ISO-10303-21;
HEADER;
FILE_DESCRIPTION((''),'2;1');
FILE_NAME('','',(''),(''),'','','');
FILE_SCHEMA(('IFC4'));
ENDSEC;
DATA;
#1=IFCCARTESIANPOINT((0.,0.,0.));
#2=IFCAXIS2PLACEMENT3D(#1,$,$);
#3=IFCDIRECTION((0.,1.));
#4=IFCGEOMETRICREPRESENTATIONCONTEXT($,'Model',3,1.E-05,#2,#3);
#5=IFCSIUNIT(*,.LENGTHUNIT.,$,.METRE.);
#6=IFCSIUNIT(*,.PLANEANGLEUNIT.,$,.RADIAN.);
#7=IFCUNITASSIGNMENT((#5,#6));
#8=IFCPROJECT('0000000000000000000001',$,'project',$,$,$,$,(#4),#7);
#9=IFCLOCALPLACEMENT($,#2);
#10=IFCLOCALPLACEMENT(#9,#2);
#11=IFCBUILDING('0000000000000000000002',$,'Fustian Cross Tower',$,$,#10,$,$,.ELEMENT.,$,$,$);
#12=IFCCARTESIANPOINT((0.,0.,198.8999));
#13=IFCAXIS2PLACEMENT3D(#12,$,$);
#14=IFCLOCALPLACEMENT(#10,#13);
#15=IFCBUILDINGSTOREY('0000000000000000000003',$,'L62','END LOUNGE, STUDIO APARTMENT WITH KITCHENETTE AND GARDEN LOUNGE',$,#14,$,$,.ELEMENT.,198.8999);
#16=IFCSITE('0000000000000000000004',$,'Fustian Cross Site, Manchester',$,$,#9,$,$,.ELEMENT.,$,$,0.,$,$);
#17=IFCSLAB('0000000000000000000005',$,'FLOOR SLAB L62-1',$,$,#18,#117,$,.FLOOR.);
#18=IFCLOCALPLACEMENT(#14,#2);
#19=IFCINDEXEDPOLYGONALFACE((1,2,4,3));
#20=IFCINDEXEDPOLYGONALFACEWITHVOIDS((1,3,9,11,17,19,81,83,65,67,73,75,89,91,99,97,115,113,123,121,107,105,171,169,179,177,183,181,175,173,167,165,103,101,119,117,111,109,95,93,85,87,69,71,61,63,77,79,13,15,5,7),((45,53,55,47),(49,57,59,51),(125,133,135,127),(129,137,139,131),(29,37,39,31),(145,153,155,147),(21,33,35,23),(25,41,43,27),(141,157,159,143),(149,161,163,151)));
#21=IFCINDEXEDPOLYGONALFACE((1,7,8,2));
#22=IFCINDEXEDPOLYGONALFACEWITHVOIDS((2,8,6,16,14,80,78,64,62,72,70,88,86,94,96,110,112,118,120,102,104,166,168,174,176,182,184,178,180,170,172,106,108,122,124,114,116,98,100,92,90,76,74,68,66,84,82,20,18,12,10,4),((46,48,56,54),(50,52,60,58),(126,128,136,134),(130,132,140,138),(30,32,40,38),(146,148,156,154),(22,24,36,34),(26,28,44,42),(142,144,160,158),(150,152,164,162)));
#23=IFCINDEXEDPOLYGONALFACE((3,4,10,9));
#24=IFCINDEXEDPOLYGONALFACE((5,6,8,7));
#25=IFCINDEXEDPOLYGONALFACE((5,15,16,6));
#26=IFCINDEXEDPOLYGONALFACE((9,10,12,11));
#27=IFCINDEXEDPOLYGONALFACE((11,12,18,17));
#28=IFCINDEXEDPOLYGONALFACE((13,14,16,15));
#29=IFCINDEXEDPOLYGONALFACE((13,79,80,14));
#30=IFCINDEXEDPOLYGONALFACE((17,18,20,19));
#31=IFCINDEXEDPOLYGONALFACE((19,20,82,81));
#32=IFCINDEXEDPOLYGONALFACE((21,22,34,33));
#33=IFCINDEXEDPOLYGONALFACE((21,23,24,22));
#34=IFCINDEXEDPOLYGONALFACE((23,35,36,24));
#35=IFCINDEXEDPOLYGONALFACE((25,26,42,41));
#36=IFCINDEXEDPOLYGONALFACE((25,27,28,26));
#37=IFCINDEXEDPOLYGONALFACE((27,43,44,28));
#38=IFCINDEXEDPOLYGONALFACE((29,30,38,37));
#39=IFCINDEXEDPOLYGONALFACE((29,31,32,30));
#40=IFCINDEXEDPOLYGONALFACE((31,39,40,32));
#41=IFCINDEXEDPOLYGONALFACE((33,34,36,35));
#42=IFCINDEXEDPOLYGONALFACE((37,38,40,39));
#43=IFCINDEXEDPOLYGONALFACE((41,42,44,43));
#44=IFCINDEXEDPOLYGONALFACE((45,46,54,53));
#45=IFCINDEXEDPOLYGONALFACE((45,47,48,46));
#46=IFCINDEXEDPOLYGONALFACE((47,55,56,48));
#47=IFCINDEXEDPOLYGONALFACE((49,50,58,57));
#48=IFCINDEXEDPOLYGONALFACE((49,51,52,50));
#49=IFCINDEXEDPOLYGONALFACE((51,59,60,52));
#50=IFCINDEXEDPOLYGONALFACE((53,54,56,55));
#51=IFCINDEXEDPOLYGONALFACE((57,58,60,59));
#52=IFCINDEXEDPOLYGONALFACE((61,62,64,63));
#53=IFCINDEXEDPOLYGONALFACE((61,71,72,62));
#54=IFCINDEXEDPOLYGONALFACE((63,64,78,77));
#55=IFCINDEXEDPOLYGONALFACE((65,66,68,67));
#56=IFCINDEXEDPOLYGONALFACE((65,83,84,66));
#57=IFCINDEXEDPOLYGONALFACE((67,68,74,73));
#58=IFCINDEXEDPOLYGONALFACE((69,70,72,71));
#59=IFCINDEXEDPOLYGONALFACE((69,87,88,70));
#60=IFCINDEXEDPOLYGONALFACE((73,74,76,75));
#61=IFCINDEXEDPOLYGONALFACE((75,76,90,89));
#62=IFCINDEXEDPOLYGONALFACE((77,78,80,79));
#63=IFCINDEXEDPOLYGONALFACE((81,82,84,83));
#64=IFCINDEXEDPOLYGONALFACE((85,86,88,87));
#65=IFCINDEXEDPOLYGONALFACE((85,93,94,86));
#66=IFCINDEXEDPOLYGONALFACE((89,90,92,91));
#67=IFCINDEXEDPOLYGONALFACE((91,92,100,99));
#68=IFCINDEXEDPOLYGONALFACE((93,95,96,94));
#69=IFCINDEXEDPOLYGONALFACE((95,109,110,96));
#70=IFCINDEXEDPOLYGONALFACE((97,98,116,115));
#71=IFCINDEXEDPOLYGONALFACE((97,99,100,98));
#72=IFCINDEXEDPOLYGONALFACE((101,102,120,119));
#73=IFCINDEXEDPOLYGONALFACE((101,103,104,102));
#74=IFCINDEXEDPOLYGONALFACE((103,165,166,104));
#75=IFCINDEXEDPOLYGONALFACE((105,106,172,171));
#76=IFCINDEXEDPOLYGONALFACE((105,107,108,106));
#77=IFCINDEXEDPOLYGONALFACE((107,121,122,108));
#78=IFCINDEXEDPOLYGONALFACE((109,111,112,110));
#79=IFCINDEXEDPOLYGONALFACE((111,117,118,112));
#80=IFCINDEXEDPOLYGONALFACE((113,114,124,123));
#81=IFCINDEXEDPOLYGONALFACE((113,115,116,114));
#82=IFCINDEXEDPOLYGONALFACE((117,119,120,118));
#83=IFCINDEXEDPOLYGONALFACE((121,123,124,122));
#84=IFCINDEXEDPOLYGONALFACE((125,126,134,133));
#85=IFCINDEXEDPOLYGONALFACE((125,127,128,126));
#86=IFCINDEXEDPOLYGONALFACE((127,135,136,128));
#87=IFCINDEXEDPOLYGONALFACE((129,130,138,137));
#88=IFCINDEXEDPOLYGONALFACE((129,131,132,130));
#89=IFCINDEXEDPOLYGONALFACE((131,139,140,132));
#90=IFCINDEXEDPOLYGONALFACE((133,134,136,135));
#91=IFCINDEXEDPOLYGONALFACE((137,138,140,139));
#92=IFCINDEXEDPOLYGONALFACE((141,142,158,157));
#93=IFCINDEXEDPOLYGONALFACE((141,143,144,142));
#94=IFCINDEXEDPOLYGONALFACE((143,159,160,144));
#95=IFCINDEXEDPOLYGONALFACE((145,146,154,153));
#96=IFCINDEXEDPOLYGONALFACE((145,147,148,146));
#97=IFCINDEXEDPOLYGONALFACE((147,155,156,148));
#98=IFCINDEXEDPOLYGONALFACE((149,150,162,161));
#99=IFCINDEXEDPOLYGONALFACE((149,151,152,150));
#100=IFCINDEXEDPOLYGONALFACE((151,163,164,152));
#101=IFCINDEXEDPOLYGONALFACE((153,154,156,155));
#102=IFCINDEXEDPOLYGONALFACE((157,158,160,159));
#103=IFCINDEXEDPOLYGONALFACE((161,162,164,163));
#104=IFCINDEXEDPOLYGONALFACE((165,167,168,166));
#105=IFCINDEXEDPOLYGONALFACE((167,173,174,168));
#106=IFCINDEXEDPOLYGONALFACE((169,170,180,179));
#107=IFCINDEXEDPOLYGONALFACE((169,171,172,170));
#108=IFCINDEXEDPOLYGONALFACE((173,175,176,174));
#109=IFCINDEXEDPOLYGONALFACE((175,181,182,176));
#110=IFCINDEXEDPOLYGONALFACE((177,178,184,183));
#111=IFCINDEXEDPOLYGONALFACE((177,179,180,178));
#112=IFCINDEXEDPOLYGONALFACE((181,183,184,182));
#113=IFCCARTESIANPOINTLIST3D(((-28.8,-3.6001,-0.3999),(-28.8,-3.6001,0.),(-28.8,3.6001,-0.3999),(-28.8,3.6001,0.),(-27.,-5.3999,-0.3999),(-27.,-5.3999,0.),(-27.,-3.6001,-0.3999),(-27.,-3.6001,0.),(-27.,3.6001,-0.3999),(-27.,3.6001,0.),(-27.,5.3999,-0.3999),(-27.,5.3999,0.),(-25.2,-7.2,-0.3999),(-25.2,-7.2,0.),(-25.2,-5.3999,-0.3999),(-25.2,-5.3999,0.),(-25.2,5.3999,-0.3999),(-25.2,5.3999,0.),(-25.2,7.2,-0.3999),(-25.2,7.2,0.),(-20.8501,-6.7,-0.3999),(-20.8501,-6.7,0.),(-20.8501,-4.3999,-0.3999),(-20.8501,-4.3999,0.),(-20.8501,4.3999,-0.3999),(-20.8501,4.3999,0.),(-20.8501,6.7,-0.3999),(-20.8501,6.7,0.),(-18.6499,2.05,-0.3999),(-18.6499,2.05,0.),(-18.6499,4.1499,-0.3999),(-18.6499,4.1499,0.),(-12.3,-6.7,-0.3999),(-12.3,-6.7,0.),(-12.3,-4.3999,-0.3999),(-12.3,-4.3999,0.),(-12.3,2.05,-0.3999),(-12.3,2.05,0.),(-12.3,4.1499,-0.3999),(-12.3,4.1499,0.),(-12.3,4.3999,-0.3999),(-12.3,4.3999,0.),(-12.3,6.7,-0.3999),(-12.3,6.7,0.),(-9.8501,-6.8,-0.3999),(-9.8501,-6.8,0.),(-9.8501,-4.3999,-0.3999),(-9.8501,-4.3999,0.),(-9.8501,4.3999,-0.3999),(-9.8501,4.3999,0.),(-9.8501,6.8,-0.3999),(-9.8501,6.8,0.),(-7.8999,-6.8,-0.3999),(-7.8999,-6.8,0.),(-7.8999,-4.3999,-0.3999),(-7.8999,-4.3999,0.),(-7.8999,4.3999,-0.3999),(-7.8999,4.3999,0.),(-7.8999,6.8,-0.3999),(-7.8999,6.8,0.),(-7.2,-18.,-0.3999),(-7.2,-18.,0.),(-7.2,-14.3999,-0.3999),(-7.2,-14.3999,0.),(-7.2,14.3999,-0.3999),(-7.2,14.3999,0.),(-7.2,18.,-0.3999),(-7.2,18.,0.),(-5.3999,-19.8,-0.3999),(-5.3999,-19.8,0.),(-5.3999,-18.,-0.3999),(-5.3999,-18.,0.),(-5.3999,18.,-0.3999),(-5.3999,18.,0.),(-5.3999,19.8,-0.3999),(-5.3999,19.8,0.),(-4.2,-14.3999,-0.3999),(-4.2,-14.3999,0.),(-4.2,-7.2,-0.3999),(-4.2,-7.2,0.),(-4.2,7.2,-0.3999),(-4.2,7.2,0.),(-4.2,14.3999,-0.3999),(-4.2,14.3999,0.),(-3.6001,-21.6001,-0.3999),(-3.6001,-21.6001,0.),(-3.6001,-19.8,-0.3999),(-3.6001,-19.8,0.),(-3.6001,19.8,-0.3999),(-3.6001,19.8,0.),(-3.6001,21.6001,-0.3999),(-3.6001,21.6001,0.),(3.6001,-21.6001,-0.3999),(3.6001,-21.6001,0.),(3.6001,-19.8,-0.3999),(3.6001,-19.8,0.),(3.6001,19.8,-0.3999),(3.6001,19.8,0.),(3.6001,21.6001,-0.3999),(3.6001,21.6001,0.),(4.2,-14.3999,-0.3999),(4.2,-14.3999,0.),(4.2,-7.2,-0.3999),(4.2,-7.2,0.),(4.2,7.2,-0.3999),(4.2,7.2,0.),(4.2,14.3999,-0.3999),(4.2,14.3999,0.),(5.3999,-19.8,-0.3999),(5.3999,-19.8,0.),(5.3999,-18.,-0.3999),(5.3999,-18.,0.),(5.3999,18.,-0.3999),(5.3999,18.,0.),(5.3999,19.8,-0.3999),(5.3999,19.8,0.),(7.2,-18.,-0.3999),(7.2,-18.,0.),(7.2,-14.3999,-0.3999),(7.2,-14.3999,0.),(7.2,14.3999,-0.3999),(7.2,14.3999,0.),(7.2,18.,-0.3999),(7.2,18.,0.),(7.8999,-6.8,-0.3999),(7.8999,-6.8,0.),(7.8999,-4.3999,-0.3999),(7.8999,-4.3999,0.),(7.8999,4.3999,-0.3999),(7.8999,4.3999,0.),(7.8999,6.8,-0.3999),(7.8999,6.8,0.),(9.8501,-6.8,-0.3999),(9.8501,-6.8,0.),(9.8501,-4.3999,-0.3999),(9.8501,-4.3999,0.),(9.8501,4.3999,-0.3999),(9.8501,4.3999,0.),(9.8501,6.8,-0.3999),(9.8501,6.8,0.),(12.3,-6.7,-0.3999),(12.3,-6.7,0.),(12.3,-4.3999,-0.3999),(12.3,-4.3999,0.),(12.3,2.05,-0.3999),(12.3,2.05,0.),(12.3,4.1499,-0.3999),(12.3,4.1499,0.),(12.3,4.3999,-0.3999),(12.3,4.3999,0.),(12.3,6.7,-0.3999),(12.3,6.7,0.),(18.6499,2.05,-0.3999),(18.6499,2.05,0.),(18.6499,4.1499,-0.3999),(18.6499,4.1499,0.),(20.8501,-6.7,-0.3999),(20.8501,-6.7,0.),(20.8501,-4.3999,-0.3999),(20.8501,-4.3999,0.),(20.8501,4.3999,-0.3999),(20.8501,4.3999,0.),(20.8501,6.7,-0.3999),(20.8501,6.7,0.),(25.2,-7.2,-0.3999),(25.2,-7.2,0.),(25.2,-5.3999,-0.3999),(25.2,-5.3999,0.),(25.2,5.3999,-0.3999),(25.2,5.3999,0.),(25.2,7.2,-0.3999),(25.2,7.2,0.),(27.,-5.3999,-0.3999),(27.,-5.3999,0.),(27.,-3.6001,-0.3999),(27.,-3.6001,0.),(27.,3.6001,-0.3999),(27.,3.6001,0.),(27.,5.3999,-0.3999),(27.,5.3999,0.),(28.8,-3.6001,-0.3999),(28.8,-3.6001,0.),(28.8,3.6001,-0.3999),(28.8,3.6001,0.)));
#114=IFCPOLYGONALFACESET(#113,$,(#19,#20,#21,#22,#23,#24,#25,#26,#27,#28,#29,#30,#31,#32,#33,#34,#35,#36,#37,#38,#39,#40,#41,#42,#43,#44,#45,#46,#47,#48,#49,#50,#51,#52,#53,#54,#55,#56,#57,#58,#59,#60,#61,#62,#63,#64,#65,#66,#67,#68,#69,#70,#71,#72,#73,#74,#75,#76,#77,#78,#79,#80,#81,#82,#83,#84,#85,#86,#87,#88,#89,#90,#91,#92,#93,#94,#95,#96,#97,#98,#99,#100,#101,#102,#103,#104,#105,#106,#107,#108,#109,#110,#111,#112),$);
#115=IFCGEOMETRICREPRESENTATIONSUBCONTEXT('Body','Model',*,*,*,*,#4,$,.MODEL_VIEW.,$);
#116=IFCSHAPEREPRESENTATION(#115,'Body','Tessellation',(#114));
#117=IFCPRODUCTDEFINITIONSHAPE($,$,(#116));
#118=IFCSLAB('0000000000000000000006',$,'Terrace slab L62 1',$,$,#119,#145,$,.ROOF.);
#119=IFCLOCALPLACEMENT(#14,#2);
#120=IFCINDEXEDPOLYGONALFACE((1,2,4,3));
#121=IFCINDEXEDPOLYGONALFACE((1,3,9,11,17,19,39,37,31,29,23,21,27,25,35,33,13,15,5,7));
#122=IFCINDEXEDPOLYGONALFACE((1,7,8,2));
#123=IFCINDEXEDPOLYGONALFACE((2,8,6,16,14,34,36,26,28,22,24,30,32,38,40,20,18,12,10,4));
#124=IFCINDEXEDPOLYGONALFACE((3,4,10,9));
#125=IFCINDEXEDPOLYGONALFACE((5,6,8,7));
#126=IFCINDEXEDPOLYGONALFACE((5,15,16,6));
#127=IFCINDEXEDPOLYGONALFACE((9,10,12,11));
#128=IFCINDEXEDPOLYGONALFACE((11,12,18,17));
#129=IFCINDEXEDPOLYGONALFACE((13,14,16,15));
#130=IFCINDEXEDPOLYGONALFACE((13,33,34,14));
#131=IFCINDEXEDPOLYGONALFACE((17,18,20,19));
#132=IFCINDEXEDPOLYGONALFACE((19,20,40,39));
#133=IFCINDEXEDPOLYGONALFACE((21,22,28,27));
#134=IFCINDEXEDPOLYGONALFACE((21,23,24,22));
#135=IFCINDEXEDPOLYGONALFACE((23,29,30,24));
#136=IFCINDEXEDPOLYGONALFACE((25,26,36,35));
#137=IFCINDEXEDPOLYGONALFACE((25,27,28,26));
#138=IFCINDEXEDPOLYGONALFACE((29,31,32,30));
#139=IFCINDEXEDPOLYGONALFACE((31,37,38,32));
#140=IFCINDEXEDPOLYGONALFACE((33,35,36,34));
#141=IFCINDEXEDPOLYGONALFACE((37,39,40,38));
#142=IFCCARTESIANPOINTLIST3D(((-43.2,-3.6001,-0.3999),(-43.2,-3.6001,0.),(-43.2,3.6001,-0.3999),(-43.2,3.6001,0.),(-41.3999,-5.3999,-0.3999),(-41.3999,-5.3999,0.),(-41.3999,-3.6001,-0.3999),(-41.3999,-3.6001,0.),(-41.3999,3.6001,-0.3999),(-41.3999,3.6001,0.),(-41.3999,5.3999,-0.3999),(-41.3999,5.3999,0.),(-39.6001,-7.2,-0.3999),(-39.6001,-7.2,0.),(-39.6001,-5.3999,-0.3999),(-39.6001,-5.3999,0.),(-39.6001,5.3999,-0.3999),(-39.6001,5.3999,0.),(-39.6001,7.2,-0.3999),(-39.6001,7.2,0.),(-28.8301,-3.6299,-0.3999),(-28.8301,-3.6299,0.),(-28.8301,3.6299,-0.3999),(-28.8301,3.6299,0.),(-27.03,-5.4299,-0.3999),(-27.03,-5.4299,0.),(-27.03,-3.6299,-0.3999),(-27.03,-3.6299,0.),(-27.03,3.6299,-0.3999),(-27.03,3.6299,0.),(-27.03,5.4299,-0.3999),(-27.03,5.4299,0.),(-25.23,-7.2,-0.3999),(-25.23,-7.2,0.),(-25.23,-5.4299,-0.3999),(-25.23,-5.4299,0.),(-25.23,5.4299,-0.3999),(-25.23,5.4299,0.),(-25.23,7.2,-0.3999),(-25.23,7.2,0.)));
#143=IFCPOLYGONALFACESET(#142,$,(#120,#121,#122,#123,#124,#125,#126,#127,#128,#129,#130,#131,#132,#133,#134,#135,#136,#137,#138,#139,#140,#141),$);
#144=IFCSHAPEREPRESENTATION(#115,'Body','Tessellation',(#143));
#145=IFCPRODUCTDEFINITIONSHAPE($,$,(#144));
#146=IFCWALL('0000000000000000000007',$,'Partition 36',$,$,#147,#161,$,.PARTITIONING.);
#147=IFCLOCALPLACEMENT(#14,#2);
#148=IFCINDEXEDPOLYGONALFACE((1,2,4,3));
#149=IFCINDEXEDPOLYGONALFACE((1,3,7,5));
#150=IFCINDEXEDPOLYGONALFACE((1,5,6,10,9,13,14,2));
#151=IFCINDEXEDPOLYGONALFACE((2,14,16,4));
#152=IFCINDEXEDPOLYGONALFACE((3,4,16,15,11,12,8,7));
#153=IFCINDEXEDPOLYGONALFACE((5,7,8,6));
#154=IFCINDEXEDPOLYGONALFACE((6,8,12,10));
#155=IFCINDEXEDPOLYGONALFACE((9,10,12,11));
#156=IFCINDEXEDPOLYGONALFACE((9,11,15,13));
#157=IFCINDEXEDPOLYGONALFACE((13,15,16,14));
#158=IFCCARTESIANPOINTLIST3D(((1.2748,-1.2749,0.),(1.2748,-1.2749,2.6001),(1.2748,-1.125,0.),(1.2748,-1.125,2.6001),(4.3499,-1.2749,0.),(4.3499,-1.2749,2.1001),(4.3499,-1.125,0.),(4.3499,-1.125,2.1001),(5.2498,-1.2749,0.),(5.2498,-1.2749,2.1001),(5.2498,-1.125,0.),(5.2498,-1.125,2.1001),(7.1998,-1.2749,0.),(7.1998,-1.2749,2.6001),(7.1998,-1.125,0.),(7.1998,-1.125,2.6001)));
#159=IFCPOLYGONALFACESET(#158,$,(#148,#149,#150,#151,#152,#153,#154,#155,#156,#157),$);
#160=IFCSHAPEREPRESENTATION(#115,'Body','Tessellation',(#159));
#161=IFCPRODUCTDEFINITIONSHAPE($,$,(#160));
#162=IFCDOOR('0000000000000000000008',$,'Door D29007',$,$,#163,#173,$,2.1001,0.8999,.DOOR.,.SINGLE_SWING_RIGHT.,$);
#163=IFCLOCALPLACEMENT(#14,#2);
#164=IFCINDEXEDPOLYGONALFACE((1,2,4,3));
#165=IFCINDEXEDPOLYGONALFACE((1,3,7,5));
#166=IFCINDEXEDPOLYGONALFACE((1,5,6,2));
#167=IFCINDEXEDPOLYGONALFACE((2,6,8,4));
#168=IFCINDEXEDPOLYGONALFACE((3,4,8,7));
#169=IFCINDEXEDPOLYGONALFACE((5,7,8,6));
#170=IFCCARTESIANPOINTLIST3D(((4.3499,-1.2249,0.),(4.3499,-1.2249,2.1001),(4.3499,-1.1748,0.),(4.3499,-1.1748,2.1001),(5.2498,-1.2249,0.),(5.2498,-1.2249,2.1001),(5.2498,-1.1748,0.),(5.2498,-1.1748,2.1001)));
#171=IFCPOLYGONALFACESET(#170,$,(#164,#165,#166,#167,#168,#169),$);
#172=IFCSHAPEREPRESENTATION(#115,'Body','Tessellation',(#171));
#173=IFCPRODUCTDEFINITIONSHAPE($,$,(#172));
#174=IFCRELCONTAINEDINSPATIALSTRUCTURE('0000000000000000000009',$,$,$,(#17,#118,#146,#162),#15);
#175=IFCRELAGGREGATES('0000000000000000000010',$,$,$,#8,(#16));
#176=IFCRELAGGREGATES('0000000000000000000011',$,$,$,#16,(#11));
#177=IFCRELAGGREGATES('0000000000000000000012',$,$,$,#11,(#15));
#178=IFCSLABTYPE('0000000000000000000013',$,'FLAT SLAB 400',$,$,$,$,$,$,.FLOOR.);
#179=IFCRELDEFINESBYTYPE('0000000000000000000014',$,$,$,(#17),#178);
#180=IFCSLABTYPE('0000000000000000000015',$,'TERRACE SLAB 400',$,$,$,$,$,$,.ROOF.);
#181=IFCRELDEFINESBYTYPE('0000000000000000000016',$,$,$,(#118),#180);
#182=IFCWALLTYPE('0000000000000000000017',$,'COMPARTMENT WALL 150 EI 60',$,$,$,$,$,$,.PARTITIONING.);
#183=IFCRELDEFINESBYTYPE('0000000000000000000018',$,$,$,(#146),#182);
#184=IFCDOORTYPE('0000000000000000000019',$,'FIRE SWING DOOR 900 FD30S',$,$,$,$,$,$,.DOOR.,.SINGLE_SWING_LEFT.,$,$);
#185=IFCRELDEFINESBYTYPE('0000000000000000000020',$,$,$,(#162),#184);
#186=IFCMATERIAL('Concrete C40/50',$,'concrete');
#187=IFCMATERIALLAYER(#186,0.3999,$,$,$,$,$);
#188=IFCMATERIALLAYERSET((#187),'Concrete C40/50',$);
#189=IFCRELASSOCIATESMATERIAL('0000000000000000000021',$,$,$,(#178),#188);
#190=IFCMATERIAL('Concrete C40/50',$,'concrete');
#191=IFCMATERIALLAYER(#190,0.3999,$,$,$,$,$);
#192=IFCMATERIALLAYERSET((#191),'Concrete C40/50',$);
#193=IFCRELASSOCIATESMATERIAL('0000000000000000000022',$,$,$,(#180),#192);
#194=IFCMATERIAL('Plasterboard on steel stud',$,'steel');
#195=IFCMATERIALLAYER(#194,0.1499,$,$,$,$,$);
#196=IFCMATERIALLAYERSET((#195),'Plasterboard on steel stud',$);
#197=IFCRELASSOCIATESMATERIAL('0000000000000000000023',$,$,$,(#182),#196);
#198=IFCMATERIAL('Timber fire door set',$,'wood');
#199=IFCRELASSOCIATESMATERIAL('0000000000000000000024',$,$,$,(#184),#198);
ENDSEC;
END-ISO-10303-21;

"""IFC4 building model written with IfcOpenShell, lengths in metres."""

from ifc_helpers import new_model, si_unit, direction, frame, frame_2d, origin, place, context, subcontext, project, spatial, polyline, rectangle, outline, extrude, material, layer, layer_set, type_object, element, fill, save


model = new_model("IFC4")

# Units and contexts
model_context = context("Model", 3, precision=1e-05, world=origin(), true_north=direction((0.0, 1.0)))
body_context = subcontext(model_context, "Body", "Model", "MODEL_VIEW")
ifc_project = project(units=[si_unit("LENGTHUNIT", "METRE"), si_unit("PLANEANGLEUNIT", "RADIAN")], contexts=[model_context])

# Site, building, storey
site_placement = place(None, origin())
site = spatial("IfcSite", under=ifc_project, at=site_placement, Name="Fustian Cross Site, Manchester", CompositionType="ELEMENT", RefElevation=0.0)
building_placement = place(site_placement, origin())
building = spatial("IfcBuilding", under=site, at=building_placement, Name="Fustian Cross Tower", CompositionType="ELEMENT")
storey_placement = place(building_placement, frame((0.0, 0.0, 198.8999)))
storey = spatial("IfcBuildingStorey", under=building, at=storey_placement, Name="L62", Description="END LOUNGE, STUDIO APARTMENT WITH KITCHENETTE AND GARDEN LOUNGE", CompositionType="ELEMENT", Elevation=198.8999)

# Slabs
ifc_material_1 = material(Name="Concrete C40/50", Category="concrete")
ifc_layer_1 = layer(ifc_material_1, 0.3999)
ifc_layer_set_1 = layer_set([ifc_layer_1], Name="Concrete C40/50")
slab_type_1 = type_object("IfcSlabType", Name="FLAT SLAB 400", PredefinedType="FLOOR", material=ifc_layer_set_1)
slab_1_placement = place(storey_placement, frame((0.0, 0.0, -0.3999)))
element("IfcSlab", 1, at=slab_1_placement, inside=storey, type_object=slab_type_1, Name="FLOOR SLAB L62-1", PredefinedType="FLOOR", context=body_context, shape_type="SweptSolid", body=[
    extrude(outline(polyline([(-3.6001, -19.8), (-5.3999, -19.8), (-5.3999, -18.0), (-7.2, -18.0), (-7.2, -14.3999), (-4.2, -14.3999), (-4.2, -7.2), (-25.2, -7.2), (-25.2, -5.3999), (-27.0, -5.3999), (-27.0, -3.6001), (-28.8, -3.6001), (-28.8, 3.6001), (-27.0, 3.6001), (-27.0, 5.3999), (-25.2, 5.3999), (-25.2, 7.2), (-4.2, 7.2), (-4.2, 14.3999), (-7.2, 14.3999), (-7.2, 18.0), (-5.3999, 18.0), (-5.3999, 19.8), (-3.6001, 19.8), (-3.6001, 21.6001), (3.6001, 21.6001), (3.6001, 19.8), (5.3999, 19.8), (5.3999, 18.0), (7.2, 18.0), (7.2, 14.3999), (4.2, 14.3999), (4.2, 7.2), (25.2, 7.2), (25.2, 5.3999), (27.0, 5.3999), (27.0, 3.6001), (28.8, 3.6001), (28.8, -3.6001), (27.0, -3.6001), (27.0, -5.3999), (25.2, -5.3999), (25.2, -7.2), (4.2, -7.2), (4.2, -14.3999), (7.2, -14.3999), (7.2, -18.0), (5.3999, -18.0), (5.3999, -19.8), (3.6001, -19.8), (3.6001, -21.6001), (-3.6001, -21.6001), (-3.6001, -19.8)]), holes=[polyline([(7.8999, 6.8), (7.8999, 4.3999), (9.8501, 4.3999), (9.8501, 6.8), (7.8999, 6.8)]), polyline([(9.8501, -4.3999), (7.8999, -4.3999), (7.8999, -6.8), (9.8501, -6.8), (9.8501, -4.3999)]), polyline([(-7.8999, 4.3999), (-7.8999, 6.8), (-9.8501, 6.8), (-9.8501, 4.3999), (-7.8999, 4.3999)]), polyline([(-9.8501, -6.8), (-7.8999, -6.8), (-7.8999, -4.3999), (-9.8501, -4.3999), (-9.8501, -6.8)]), polyline([(12.3, 4.1499), (12.3, 2.05), (18.6499, 2.05), (18.6499, 4.1499), (12.3, 4.1499)]), polyline([(-12.3, 4.1499), (-18.6499, 4.1499), (-18.6499, 2.05), (-12.3, 2.05), (-12.3, 4.1499)]), polyline([(20.8501, 4.3999), (20.8501, 6.7), (12.3, 6.7), (12.3, 4.3999), (20.8501, 4.3999)]), polyline([(12.3, -6.7), (20.8501, -6.7), (20.8501, -4.3999), (12.3, -4.3999), (12.3, -6.7)]), polyline([(-20.8501, 6.7), (-20.8501, 4.3999), (-12.3, 4.3999), (-12.3, 6.7), (-20.8501, 6.7)]), polyline([(-12.3, -4.3999), (-20.8501, -4.3999), (-20.8501, -6.7), (-12.3, -6.7), (-12.3, -4.3999)])]), origin(), (0.0, 0.0, 1.0), 0.3999),
])
ifc_material_2 = material(Name="Concrete C40/50", Category="concrete")
ifc_layer_2 = layer(ifc_material_2, 0.3999)
ifc_layer_set_2 = layer_set([ifc_layer_2], Name="Concrete C40/50")
slab_type_2 = type_object("IfcSlabType", Name="TERRACE SLAB 400", PredefinedType="ROOF", material=ifc_layer_set_2)
slab_2_placement = place(storey_placement, frame((0.0, 0.0, -0.3999)))
element("IfcSlab", 2, at=slab_2_placement, inside=storey, type_object=slab_type_2, Name="Terrace slab L62 1", PredefinedType="ROOF", context=body_context, shape_type="SweptSolid", body=[
    extrude(outline(polyline([(-39.6001, -5.3999), (-39.6001, -7.2), (-25.23, -7.2), (-25.23, -5.4299), (-27.03, -5.4299), (-27.03, -3.6299), (-28.8301, -3.6299), (-28.8301, 3.6299), (-27.03, 3.6299), (-27.03, 5.4299), (-25.23, 5.4299), (-25.23, 7.2), (-39.6001, 7.2), (-39.6001, 5.3999), (-41.3999, 5.3999), (-41.3999, 3.6001), (-43.2, 3.6001), (-43.2, -3.6001), (-41.3999, -3.6001), (-41.3999, -5.3999), (-39.6001, -5.3999)])), origin(), (0.0, 0.0, 1.0), 0.3999),
])

# Wall, opening, door
ifc_material_3 = material(Name="Plasterboard on steel stud", Category="steel")
ifc_layer_3 = layer(ifc_material_3, 0.1499)
ifc_layer_set_3 = layer_set([ifc_layer_3], Name="Plasterboard on steel stud")
wall_type_1 = type_object("IfcWallType", Name="COMPARTMENT WALL 150 EI 60", PredefinedType="PARTITIONING", material=ifc_layer_set_3)
wall_1_placement = place(storey_placement, frame((1.2749, -1.2, 0.0), z_axis=(0.0, 0.0, 1.0), x_axis=(1.0, 0.0, 0.0)))
wall_1 = element("IfcWall", 3, at=wall_1_placement, inside=storey, type_object=wall_type_1, Name="Partition 36", PredefinedType="PARTITIONING", context=body_context, shape_type="SweptSolid", body=[
    extrude(rectangle(XDim=5.925, YDim=0.1499, at=frame_2d((2.9624, 0.0))), origin(), (0.0, 0.0, 1.0), 2.6001),
])
opening_1_placement = place(wall_1_placement, frame((3.075, 0.0, 0.0)))
opening_1 = element("IfcOpeningElement", 4, at=opening_1_placement, cuts=wall_1, PredefinedType="OPENING", context=body_context, shape_type="SweptSolid", body=[
    extrude(rectangle(XDim=0.8999, YDim=2.1001, at=frame_2d((0.45, 1.05))), frame((0.0, 0.085, 0.0), z_axis=(0.0, -1.0, 0.0), x_axis=(1.0, 0.0, 0.0)), (0.0, 0.0, 1.0), 0.1699),
])
ifc_material_4 = material(Name="Timber fire door set", Category="wood")
door_type_1 = type_object("IfcDoorType", Name="FIRE SWING DOOR 900 FD30S", OperationType="SINGLE_SWING_LEFT", PredefinedType="DOOR", material=ifc_material_4)
door_1_placement = place(opening_1_placement, frame((0.8999, 0.0, 0.0), z_axis=(0.0, 0.0, 1.0), x_axis=(-1.0, 0.0, 0.0)))
door_1 = element("IfcDoor", 5, at=door_1_placement, inside=storey, type_object=door_type_1, Name="Door D29007", OperationType="SINGLE_SWING_RIGHT", OverallHeight=2.1001, OverallWidth=0.8999, PredefinedType="DOOR", context=body_context, shape_type="SweptSolid", body=[
    extrude(rectangle(XDim=0.8999, YDim=2.1001, at=frame_2d((0.45, 1.05))), frame((0.0, 0.0249, 0.0), z_axis=(0.0, -1.0, 0.0), x_axis=(1.0, 0.0, 0.0)), (0.0, 0.0, 1.0), 0.05),
])
fill(opening_1, door_1)

save(model, "model.ifc")
